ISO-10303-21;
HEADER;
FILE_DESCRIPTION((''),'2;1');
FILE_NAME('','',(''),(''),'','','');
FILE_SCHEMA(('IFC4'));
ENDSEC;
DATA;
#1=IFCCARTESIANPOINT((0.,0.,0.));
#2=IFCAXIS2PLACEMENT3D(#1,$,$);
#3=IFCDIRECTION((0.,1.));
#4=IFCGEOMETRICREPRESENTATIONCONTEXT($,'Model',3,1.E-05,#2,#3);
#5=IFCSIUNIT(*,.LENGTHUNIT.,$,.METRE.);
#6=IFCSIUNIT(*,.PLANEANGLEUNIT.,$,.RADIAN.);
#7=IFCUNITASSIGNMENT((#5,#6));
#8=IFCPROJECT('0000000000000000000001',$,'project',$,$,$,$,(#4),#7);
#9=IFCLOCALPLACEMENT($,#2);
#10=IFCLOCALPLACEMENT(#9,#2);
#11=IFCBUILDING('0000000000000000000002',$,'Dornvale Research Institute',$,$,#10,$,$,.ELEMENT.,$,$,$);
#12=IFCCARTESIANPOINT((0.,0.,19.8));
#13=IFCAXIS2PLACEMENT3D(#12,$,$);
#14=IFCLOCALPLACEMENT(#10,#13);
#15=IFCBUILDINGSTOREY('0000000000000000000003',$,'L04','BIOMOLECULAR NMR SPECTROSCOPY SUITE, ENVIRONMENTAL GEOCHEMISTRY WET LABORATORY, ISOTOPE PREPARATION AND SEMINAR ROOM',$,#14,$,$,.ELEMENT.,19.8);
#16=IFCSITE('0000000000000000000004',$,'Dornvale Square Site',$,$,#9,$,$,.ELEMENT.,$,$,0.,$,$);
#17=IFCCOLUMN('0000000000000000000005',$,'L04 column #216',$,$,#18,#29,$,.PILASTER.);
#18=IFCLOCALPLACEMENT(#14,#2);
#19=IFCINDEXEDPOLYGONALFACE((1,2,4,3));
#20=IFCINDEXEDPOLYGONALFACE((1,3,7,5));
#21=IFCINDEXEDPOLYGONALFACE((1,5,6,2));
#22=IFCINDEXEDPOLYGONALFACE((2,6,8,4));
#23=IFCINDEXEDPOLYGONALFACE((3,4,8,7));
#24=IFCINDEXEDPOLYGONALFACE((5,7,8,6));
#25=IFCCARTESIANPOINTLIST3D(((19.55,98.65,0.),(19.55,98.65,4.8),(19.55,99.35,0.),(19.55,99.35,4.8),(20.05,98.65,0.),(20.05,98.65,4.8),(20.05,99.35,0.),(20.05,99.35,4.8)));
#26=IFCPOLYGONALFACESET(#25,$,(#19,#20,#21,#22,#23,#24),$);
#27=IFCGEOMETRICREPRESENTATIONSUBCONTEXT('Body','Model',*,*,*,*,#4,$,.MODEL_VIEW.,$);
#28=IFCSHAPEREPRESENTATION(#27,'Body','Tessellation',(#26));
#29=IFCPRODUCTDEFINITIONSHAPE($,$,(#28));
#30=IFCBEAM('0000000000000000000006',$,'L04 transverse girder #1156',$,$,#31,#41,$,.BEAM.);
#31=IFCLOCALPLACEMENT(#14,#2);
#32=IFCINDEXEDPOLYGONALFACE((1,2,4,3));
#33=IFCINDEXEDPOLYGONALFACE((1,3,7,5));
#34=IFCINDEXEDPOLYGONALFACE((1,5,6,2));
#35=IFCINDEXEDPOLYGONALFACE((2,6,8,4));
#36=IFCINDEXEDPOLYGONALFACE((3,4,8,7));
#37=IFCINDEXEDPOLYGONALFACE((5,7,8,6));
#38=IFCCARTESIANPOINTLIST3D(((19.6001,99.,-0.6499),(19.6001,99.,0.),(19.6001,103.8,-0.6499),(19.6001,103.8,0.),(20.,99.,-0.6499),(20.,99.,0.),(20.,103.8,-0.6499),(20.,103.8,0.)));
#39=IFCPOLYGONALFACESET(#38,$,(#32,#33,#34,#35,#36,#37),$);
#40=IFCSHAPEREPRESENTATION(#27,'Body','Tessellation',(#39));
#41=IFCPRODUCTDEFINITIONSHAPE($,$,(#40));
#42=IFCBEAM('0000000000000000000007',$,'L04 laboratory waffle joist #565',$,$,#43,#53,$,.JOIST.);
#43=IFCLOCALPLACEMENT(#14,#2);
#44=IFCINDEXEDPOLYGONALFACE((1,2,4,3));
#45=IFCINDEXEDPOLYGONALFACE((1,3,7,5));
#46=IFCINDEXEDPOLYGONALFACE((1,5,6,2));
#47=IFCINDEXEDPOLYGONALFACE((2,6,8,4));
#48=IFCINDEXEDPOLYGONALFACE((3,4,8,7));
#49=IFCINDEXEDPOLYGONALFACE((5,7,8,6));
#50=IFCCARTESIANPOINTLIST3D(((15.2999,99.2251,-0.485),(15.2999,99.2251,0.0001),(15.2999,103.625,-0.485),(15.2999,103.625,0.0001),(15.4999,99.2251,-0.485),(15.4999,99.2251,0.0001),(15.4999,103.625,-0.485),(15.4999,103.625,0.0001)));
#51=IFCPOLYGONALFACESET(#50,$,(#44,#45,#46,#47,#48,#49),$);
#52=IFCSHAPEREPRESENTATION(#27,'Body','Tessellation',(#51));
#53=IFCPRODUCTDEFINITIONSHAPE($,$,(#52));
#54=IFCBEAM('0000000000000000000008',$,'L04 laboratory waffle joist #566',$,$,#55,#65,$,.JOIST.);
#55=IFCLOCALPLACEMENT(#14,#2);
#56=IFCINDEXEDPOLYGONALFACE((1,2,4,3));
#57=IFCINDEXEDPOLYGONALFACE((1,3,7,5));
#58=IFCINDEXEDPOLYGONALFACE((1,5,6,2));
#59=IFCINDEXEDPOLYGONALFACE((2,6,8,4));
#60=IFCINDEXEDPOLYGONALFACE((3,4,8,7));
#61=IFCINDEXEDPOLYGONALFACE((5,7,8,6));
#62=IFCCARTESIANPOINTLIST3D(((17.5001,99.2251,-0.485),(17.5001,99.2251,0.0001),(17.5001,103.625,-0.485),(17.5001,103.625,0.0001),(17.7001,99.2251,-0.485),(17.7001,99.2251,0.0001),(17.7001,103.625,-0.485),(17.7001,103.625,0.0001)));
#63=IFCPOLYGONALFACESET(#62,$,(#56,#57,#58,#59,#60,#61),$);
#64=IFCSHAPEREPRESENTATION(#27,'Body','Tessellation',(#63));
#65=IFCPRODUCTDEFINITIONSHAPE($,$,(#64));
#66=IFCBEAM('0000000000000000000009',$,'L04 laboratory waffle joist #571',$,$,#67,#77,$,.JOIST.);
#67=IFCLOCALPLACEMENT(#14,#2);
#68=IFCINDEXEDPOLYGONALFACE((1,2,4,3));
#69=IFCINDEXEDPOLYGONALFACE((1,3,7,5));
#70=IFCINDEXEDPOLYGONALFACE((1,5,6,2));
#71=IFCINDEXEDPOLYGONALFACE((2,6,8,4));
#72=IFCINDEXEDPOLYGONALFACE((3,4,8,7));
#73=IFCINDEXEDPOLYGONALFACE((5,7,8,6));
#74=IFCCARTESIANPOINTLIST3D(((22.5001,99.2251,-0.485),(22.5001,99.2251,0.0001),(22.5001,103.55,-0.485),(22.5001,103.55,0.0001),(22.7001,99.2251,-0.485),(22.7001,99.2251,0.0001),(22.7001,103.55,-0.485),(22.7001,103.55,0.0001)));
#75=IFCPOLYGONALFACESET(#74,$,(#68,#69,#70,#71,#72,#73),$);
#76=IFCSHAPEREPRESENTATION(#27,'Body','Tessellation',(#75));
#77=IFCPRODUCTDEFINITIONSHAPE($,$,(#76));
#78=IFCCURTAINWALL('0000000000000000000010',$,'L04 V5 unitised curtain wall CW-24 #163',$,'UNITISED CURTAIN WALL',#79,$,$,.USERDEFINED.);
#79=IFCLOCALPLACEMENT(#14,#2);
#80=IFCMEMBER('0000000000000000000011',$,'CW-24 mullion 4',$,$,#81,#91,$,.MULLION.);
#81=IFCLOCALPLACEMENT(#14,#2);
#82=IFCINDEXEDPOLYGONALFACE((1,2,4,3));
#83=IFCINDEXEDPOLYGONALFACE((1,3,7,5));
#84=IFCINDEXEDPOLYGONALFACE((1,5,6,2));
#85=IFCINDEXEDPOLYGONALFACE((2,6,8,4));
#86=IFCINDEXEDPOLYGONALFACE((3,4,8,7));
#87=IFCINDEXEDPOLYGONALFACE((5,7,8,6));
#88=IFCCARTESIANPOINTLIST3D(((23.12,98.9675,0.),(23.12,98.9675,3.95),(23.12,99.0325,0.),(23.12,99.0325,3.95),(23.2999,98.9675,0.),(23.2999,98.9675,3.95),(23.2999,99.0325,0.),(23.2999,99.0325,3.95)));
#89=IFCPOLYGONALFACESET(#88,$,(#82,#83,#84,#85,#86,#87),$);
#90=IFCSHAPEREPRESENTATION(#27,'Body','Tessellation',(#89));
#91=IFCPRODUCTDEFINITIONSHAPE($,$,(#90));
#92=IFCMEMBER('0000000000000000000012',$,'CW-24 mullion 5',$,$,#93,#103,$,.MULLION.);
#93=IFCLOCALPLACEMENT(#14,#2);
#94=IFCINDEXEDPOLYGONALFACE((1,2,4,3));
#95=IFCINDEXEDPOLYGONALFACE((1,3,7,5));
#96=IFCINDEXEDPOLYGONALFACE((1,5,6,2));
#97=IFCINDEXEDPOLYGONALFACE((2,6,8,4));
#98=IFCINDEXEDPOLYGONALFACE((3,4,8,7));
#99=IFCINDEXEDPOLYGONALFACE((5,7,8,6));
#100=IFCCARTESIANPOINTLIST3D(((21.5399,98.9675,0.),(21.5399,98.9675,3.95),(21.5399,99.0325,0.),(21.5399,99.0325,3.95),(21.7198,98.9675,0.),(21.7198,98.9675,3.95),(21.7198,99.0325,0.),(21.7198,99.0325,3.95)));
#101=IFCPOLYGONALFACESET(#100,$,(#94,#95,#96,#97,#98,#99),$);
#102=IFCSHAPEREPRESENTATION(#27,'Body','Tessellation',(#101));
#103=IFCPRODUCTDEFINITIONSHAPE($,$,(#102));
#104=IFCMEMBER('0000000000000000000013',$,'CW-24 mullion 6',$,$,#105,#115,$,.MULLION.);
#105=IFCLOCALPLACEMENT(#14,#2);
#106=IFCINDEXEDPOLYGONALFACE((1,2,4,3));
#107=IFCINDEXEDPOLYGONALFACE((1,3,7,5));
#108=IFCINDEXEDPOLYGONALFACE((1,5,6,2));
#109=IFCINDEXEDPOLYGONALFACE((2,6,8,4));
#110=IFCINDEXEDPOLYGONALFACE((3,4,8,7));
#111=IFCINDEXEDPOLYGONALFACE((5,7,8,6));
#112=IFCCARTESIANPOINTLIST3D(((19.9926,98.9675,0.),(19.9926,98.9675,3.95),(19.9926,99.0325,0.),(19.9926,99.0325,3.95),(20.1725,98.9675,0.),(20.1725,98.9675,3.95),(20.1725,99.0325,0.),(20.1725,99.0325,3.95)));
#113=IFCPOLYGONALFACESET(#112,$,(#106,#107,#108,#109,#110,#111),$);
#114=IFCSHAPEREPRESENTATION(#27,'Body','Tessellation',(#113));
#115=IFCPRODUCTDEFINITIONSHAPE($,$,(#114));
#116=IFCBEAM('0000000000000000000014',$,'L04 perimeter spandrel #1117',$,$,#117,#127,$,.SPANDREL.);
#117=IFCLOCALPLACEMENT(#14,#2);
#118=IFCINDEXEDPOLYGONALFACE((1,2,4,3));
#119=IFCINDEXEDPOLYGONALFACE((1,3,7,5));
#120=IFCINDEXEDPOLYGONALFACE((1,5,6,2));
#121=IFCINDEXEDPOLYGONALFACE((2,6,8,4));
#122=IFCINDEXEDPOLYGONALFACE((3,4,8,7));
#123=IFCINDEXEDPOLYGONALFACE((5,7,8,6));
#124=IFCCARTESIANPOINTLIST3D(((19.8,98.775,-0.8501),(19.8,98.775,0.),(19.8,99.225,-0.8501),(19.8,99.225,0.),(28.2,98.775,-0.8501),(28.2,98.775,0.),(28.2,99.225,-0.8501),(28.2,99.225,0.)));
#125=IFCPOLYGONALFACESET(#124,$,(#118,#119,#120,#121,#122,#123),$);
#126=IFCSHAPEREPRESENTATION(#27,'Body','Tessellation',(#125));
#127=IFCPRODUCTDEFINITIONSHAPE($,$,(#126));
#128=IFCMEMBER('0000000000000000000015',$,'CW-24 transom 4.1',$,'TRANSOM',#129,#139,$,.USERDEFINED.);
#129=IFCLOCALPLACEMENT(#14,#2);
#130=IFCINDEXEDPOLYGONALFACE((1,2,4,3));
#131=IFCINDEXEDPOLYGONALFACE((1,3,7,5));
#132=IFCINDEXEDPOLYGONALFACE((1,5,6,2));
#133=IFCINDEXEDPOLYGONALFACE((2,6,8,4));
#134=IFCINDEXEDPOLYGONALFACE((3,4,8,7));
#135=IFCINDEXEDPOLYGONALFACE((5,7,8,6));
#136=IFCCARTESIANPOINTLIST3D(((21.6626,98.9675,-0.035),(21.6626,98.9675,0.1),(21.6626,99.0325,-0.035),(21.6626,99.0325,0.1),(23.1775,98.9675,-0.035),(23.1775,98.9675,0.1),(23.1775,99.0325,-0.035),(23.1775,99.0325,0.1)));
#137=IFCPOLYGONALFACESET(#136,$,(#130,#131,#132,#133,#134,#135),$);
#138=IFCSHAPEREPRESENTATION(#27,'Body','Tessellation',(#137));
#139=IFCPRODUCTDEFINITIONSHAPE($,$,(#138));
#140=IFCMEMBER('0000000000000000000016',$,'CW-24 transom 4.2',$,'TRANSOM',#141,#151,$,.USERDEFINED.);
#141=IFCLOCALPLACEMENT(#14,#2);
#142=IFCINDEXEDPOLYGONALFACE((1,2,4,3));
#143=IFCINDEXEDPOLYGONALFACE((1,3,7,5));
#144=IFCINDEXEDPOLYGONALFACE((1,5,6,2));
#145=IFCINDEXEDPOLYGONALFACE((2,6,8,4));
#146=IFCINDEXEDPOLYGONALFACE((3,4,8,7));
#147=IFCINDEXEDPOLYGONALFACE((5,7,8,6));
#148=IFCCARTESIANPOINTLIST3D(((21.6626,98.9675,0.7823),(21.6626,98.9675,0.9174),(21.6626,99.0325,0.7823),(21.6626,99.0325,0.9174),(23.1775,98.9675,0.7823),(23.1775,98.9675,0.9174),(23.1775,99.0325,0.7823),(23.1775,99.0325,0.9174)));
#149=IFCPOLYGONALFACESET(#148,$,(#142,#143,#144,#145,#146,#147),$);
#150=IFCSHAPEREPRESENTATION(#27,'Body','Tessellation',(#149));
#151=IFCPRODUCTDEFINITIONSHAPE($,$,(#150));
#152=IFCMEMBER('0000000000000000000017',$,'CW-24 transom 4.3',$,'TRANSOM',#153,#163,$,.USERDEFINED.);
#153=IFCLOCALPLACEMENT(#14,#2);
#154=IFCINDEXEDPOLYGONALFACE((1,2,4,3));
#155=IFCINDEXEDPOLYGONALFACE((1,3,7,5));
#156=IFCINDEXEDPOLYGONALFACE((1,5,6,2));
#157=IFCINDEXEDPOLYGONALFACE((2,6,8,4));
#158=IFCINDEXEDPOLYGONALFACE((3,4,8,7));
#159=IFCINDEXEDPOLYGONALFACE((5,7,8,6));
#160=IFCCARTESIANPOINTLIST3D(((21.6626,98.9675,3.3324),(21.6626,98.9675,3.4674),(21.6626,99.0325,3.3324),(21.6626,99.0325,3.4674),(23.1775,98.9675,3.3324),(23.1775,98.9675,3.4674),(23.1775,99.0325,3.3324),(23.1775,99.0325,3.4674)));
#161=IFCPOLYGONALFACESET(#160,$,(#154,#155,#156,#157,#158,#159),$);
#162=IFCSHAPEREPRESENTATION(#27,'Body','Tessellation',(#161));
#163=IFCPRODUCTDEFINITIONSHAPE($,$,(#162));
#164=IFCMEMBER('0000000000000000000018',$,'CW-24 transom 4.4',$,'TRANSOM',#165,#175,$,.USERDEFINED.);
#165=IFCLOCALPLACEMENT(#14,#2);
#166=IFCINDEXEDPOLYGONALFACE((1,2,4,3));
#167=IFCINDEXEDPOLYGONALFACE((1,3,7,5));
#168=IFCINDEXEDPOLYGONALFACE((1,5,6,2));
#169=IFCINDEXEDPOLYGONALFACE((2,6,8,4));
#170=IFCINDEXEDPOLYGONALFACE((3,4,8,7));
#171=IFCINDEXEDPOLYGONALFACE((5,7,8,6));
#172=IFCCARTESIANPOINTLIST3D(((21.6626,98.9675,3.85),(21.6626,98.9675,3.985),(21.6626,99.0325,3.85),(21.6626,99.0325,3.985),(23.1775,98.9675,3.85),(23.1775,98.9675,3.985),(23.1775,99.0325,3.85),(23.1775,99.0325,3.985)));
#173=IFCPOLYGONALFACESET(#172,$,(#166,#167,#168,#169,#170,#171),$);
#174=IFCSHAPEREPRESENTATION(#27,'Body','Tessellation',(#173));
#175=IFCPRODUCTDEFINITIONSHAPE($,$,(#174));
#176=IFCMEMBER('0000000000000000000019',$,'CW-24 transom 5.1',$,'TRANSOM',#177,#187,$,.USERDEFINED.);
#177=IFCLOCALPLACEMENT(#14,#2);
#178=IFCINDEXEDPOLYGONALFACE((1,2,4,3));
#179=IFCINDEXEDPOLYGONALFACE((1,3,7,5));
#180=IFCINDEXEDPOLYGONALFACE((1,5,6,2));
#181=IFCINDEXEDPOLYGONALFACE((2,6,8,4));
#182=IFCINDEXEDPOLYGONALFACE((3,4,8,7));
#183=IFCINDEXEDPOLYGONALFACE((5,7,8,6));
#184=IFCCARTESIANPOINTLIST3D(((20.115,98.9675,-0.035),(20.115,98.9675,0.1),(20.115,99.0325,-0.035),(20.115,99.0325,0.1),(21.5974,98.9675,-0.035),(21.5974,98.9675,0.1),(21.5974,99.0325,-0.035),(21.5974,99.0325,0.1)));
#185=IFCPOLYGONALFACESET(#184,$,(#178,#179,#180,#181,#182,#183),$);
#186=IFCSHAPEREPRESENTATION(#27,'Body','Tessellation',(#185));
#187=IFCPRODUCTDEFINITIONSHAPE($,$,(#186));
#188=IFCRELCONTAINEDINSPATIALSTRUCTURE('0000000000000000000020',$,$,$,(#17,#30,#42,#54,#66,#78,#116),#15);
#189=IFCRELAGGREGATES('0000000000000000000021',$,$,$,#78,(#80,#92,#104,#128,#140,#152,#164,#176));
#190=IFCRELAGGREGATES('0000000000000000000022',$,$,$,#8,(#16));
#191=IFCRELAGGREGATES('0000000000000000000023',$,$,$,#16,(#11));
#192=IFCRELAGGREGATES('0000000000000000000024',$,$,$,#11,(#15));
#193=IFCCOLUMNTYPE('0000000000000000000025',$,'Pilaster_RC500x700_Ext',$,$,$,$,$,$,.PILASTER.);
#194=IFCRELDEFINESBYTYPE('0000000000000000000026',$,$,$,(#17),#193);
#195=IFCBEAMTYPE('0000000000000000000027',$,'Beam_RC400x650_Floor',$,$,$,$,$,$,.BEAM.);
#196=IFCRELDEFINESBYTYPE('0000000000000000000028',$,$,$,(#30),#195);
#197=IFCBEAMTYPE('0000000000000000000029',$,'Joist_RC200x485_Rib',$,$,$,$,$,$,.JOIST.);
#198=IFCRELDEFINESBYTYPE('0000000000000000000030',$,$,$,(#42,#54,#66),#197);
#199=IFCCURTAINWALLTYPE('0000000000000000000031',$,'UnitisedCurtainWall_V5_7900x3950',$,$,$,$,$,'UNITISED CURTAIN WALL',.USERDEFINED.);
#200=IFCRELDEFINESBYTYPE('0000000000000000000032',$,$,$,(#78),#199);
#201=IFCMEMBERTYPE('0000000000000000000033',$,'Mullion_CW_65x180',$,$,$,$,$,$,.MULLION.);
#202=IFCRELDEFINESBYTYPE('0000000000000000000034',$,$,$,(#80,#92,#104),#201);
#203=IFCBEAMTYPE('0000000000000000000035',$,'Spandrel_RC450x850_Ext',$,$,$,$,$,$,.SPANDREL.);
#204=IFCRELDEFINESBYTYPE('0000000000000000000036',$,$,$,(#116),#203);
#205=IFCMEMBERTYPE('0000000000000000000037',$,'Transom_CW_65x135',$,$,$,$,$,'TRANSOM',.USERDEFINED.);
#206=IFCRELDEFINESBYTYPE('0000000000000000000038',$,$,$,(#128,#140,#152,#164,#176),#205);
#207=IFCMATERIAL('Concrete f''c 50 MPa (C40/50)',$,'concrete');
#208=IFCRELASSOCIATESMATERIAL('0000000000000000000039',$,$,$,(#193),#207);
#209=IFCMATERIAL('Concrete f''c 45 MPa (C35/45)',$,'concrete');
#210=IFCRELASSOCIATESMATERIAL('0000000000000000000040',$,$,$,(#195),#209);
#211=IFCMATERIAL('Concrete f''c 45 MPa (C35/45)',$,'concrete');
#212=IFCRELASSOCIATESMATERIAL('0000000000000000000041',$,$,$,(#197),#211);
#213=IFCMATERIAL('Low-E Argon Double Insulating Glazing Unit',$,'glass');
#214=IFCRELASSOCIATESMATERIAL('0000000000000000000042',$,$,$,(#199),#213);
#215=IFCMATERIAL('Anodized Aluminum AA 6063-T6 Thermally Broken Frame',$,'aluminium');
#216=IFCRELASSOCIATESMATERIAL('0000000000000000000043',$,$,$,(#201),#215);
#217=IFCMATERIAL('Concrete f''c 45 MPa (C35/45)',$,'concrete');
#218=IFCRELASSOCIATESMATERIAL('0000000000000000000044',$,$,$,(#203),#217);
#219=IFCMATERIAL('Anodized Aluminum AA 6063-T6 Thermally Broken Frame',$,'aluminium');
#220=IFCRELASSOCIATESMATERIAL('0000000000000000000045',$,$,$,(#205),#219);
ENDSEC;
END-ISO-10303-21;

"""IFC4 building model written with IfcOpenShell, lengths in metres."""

from ifc_helpers import new_model, si_unit, direction, frame, origin, origin_2d, place, context, subcontext, project, spatial, rectangle, extrude, material, material_profile, profile_set, type_object, element, aggregate, save


model = new_model("IFC4")

# Units and contexts
model_context = context("Model", 3, precision=1e-05, world=origin(), true_north=direction((0.0, 1.0)))
body_context = subcontext(model_context, "Body", "Model", "MODEL_VIEW")
ifc_project = project(units=[si_unit("LENGTHUNIT", "METRE"), si_unit("PLANEANGLEUNIT", "RADIAN")], contexts=[model_context])

# Site, building, storey
site_placement = place(None, origin())
site = spatial("IfcSite", under=ifc_project, at=site_placement, Name="Dornvale Square Site", CompositionType="ELEMENT", RefElevation=0.0)
building_placement = place(site_placement, origin())
building = spatial("IfcBuilding", under=site, at=building_placement, Name="Dornvale Research Institute", CompositionType="ELEMENT")
storey_placement = place(building_placement, frame((0.0, 0.0, 19.8)))
storey = spatial("IfcBuildingStorey", under=building, at=storey_placement, Name="L04", Description="BIOMOLECULAR NMR SPECTROSCOPY SUITE, ENVIRONMENTAL GEOCHEMISTRY WET LABORATORY, ISOTOPE PREPARATION AND SEMINAR ROOM", CompositionType="ELEMENT", Elevation=19.8)

# Column
ifc_material_1 = material(Name="Concrete f'c 50 MPa (C40/50)", Category="concrete")
ifc_material_profile_1 = material_profile(ifc_material_1, rectangle(XDim=0.5, YDim=0.7, at=origin_2d()), Name="RC 500x700")
ifc_profile_set_1 = profile_set([ifc_material_profile_1], Name="Concrete f'c 50 MPa (C40/50)")
column_type = type_object("IfcColumnType", Name="Pilaster_RC500x700_Ext", PredefinedType="PILASTER", material=ifc_profile_set_1)
column_placement = place(storey_placement, frame((19.8, 99.0, 0.0), z_axis=(0.0, 0.0, 1.0), x_axis=(1.0, 0.0, 0.0)))
element("IfcColumn", 1, at=column_placement, inside=storey, type_object=column_type, Name="L04 column #216", PredefinedType="PILASTER", context=body_context, shape_type="SweptSolid", body=[
    extrude(rectangle(XDim=0.5, YDim=0.7, at=origin_2d()), origin(), (0.0, 0.0, 1.0), 4.8),
])

# Beams
ifc_material_2 = material(Name="Concrete f'c 45 MPa (C35/45)", Category="concrete")
ifc_material_profile_2 = material_profile(ifc_material_2, rectangle(XDim=0.3999, YDim=0.6499, at=origin_2d()), Name="RC 400x650")
ifc_profile_set_2 = profile_set([ifc_material_profile_2], Name="Concrete f'c 45 MPa (C35/45)")
beam_type_1 = type_object("IfcBeamType", Name="Beam_RC400x650_Floor", PredefinedType="BEAM", material=ifc_profile_set_2)
beam_1_placement = place(storey_placement, frame((19.8, 99.0, -0.325), z_axis=(0.0, 1.0, 0.0), x_axis=(-1.0, 0.0, 0.0)))
element("IfcBeam", 2, at=beam_1_placement, inside=storey, type_object=beam_type_1, Name="L04 transverse girder #1156", PredefinedType="BEAM", context=body_context, shape_type="SweptSolid", body=[
    extrude(rectangle(XDim=0.3999, YDim=0.6499, at=origin_2d()), origin(), (0.0, 0.0, 1.0), 4.8),
])
ifc_material_3 = material(Name="Concrete f'c 45 MPa (C35/45)", Category="concrete")
ifc_material_profile_3 = material_profile(ifc_material_3, rectangle(XDim=0.2, YDim=0.4851, at=origin_2d()), Name="RC 200x485")
ifc_profile_set_3 = profile_set([ifc_material_profile_3], Name="Concrete f'c 45 MPa (C35/45)")
beam_type_2 = type_object("IfcBeamType", Name="Joist_RC200x485_Rib", PredefinedType="JOIST", material=ifc_profile_set_3)
for number, where, z_axis, x_axis, name in (
    (3, (15.3999, 99.2251, -0.2424), (0.0, 1.0, 0.0), (-1.0, 0.0, 0.0), "L04 laboratory waffle joist #565"),
    (4, (17.6001, 99.2251, -0.2424), (0.0, 1.0, 0.0), (-1.0, 0.0, 0.0), "L04 laboratory waffle joist #566"),
):
    element("IfcBeam", number, at=place(storey_placement, frame(where, z_axis=z_axis, x_axis=x_axis)), inside=storey, type_object=beam_type_2, Name=name, PredefinedType="JOIST", context=body_context, shape_type="SweptSolid", body=[
        extrude(rectangle(XDim=0.2, YDim=0.4851, at=origin_2d()), origin(), (0.0, 0.0, 1.0), 4.3999),
    ])
beam_2_placement = place(storey_placement, frame((22.6001, 99.2251, -0.2424), z_axis=(0.0, 1.0, 0.0), x_axis=(-1.0, 0.0, 0.0)))
element("IfcBeam", 5, at=beam_2_placement, inside=storey, type_object=beam_type_2, Name="L04 laboratory waffle joist #571", PredefinedType="JOIST", context=body_context, shape_type="SweptSolid", body=[
    extrude(rectangle(XDim=0.2, YDim=0.4851, at=origin_2d()), origin(), (0.0, 0.0, 1.0), 4.325),
])

# Curtain wall, members
ifc_material_4 = material(Name="Low-E Argon Double Insulating Glazing Unit", Category="glass")
curtain_wall_type = type_object("IfcCurtainWallType", Name="UnitisedCurtainWall_V5_7900x3950", ElementType="UNITISED CURTAIN WALL", PredefinedType="USERDEFINED", material=ifc_material_4)
curtain_wall_placement = place(storey_placement, origin())
curtain_wall = element("IfcCurtainWall", 6, at=curtain_wall_placement, inside=storey, type_object=curtain_wall_type, Name="L04 V5 unitised curtain wall CW-24 #163", ObjectType="UNITISED CURTAIN WALL", PredefinedType="USERDEFINED")
ifc_material_5 = material(Name="Anodized Aluminum AA 6063-T6 Thermally Broken Frame", Category="aluminium")
ifc_material_profile_4 = material_profile(ifc_material_5, rectangle(XDim=0.0649, YDim=0.1799, at=origin_2d()), Name="ALU MULLION 65x180")
ifc_profile_set_4 = profile_set([ifc_material_profile_4], Name="Anodized Aluminum AA 6063-T6 Thermally Broken Frame")
member_type_1 = type_object("IfcMemberType", Name="Mullion_CW_65x180", PredefinedType="MULLION", material=ifc_profile_set_4)
member_1_placement = place(storey_placement, frame((23.21, 99.0, 0.0), z_axis=(0.0, 0.0, 1.0), x_axis=(0.0, -1.0, 0.0)))
member_1 = element("IfcMember", 7, at=member_1_placement, type_object=member_type_1, Name="CW-24 mullion 4", PredefinedType="MULLION", context=body_context, shape_type="SweptSolid", body=[
    extrude(rectangle(XDim=0.0649, YDim=0.1799, at=origin_2d()), origin(), (0.0, 0.0, 1.0), 3.95),
])
member_2_placement = place(storey_placement, frame((21.6299, 99.0, 0.0), z_axis=(0.0, 0.0, 1.0), x_axis=(0.0, -1.0, 0.0)))
member_2 = element("IfcMember", 8, at=member_2_placement, type_object=member_type_1, Name="CW-24 mullion 5", PredefinedType="MULLION", context=body_context, shape_type="SweptSolid", body=[
    extrude(rectangle(XDim=0.0649, YDim=0.1799, at=origin_2d()), origin(), (0.0, 0.0, 1.0), 3.95),
])
member_3_placement = place(storey_placement, frame((20.0825, 99.0, 0.0), z_axis=(0.0, 0.0, 1.0), x_axis=(0.0, -1.0, 0.0)))
member_3 = element("IfcMember", 9, at=member_3_placement, type_object=member_type_1, Name="CW-24 mullion 6", PredefinedType="MULLION", context=body_context, shape_type="SweptSolid", body=[
    extrude(rectangle(XDim=0.0649, YDim=0.1799, at=origin_2d()), origin(), (0.0, 0.0, 1.0), 3.95),
])

# Beam
ifc_material_6 = material(Name="Concrete f'c 45 MPa (C35/45)", Category="concrete")
ifc_material_profile_5 = material_profile(ifc_material_6, rectangle(XDim=0.45, YDim=0.8501, at=origin_2d()), Name="RC 450x850")
ifc_profile_set_5 = profile_set([ifc_material_profile_5], Name="Concrete f'c 45 MPa (C35/45)")
beam_type_3 = type_object("IfcBeamType", Name="Spandrel_RC450x850_Ext", PredefinedType="SPANDREL", material=ifc_profile_set_5)
beam_3_placement = place(storey_placement, frame((19.8, 99.0, -0.425), z_axis=(1.0, 0.0, 0.0), x_axis=(0.0, 1.0, 0.0)))
element("IfcBeam", 10, at=beam_3_placement, inside=storey, type_object=beam_type_3, Name="L04 perimeter spandrel #1117", PredefinedType="SPANDREL", context=body_context, shape_type="SweptSolid", body=[
    extrude(rectangle(XDim=0.45, YDim=0.8501, at=origin_2d()), origin(), (0.0, 0.0, 1.0), 8.3999),
])

# Members
ifc_material_7 = material(Name="Anodized Aluminum AA 6063-T6 Thermally Broken Frame", Category="aluminium")
ifc_material_profile_6 = material_profile(ifc_material_7, rectangle(XDim=0.0649, YDim=0.135, at=origin_2d()), Name="ALU TRANSOM 65x135")
ifc_profile_set_6 = profile_set([ifc_material_profile_6], Name="Anodized Aluminum AA 6063-T6 Thermally Broken Frame")
member_type_2 = type_object("IfcMemberType", Name="Transom_CW_65x135", ElementType="TRANSOM", PredefinedType="USERDEFINED", material=ifc_profile_set_6)
member_4_placement = place(storey_placement, frame((23.1775, 99.0, 0.0325), z_axis=(-1.0, 0.0, 0.0), x_axis=(0.0, -1.0, 0.0)))
member_4 = element("IfcMember", 11, at=member_4_placement, type_object=member_type_2, Name="CW-24 transom 4.1", ObjectType="TRANSOM", PredefinedType="USERDEFINED", context=body_context, shape_type="SweptSolid", body=[
    extrude(rectangle(XDim=0.0649, YDim=0.135, at=origin_2d()), origin(), (0.0, 0.0, 1.0), 1.5149),
])
member_5_placement = place(storey_placement, frame((23.1775, 99.0, 0.8499), z_axis=(-1.0, 0.0, 0.0), x_axis=(0.0, -1.0, 0.0)))
member_5 = element("IfcMember", 12, at=member_5_placement, type_object=member_type_2, Name="CW-24 transom 4.2", ObjectType="TRANSOM", PredefinedType="USERDEFINED", context=body_context, shape_type="SweptSolid", body=[
    extrude(rectangle(XDim=0.0649, YDim=0.135, at=origin_2d()), origin(), (0.0, 0.0, 1.0), 1.5149),
])
member_6_placement = place(storey_placement, frame((23.1775, 99.0, 3.3999), z_axis=(-1.0, 0.0, 0.0), x_axis=(0.0, -1.0, 0.0)))
member_6 = element("IfcMember", 13, at=member_6_placement, type_object=member_type_2, Name="CW-24 transom 4.3", ObjectType="TRANSOM", PredefinedType="USERDEFINED", context=body_context, shape_type="SweptSolid", body=[
    extrude(rectangle(XDim=0.0649, YDim=0.135, at=origin_2d()), origin(), (0.0, 0.0, 1.0), 1.5149),
])
member_7_placement = place(storey_placement, frame((23.1775, 99.0, 3.9175), z_axis=(-1.0, 0.0, 0.0), x_axis=(0.0, -1.0, 0.0)))
member_7 = element("IfcMember", 14, at=member_7_placement, type_object=member_type_2, Name="CW-24 transom 4.4", ObjectType="TRANSOM", PredefinedType="USERDEFINED", context=body_context, shape_type="SweptSolid", body=[
    extrude(rectangle(XDim=0.0649, YDim=0.135, at=origin_2d()), origin(), (0.0, 0.0, 1.0), 1.5149),
])
member_8_placement = place(storey_placement, frame((21.5974, 99.0, 0.0325), z_axis=(-1.0, 0.0, 0.0), x_axis=(0.0, -1.0, 0.0)))
member_8 = element("IfcMember", 15, at=member_8_placement, type_object=member_type_2, Name="CW-24 transom 5.1", ObjectType="TRANSOM", PredefinedType="USERDEFINED", context=body_context, shape_type="SweptSolid", body=[
    extrude(rectangle(XDim=0.0649, YDim=0.135, at=origin_2d()), origin(), (0.0, 0.0, 1.0), 1.4824),
])

aggregate(curtain_wall, [member_1, member_2, member_3, member_4, member_5, member_6, member_7, member_8])

save(model, "model.ifc")
